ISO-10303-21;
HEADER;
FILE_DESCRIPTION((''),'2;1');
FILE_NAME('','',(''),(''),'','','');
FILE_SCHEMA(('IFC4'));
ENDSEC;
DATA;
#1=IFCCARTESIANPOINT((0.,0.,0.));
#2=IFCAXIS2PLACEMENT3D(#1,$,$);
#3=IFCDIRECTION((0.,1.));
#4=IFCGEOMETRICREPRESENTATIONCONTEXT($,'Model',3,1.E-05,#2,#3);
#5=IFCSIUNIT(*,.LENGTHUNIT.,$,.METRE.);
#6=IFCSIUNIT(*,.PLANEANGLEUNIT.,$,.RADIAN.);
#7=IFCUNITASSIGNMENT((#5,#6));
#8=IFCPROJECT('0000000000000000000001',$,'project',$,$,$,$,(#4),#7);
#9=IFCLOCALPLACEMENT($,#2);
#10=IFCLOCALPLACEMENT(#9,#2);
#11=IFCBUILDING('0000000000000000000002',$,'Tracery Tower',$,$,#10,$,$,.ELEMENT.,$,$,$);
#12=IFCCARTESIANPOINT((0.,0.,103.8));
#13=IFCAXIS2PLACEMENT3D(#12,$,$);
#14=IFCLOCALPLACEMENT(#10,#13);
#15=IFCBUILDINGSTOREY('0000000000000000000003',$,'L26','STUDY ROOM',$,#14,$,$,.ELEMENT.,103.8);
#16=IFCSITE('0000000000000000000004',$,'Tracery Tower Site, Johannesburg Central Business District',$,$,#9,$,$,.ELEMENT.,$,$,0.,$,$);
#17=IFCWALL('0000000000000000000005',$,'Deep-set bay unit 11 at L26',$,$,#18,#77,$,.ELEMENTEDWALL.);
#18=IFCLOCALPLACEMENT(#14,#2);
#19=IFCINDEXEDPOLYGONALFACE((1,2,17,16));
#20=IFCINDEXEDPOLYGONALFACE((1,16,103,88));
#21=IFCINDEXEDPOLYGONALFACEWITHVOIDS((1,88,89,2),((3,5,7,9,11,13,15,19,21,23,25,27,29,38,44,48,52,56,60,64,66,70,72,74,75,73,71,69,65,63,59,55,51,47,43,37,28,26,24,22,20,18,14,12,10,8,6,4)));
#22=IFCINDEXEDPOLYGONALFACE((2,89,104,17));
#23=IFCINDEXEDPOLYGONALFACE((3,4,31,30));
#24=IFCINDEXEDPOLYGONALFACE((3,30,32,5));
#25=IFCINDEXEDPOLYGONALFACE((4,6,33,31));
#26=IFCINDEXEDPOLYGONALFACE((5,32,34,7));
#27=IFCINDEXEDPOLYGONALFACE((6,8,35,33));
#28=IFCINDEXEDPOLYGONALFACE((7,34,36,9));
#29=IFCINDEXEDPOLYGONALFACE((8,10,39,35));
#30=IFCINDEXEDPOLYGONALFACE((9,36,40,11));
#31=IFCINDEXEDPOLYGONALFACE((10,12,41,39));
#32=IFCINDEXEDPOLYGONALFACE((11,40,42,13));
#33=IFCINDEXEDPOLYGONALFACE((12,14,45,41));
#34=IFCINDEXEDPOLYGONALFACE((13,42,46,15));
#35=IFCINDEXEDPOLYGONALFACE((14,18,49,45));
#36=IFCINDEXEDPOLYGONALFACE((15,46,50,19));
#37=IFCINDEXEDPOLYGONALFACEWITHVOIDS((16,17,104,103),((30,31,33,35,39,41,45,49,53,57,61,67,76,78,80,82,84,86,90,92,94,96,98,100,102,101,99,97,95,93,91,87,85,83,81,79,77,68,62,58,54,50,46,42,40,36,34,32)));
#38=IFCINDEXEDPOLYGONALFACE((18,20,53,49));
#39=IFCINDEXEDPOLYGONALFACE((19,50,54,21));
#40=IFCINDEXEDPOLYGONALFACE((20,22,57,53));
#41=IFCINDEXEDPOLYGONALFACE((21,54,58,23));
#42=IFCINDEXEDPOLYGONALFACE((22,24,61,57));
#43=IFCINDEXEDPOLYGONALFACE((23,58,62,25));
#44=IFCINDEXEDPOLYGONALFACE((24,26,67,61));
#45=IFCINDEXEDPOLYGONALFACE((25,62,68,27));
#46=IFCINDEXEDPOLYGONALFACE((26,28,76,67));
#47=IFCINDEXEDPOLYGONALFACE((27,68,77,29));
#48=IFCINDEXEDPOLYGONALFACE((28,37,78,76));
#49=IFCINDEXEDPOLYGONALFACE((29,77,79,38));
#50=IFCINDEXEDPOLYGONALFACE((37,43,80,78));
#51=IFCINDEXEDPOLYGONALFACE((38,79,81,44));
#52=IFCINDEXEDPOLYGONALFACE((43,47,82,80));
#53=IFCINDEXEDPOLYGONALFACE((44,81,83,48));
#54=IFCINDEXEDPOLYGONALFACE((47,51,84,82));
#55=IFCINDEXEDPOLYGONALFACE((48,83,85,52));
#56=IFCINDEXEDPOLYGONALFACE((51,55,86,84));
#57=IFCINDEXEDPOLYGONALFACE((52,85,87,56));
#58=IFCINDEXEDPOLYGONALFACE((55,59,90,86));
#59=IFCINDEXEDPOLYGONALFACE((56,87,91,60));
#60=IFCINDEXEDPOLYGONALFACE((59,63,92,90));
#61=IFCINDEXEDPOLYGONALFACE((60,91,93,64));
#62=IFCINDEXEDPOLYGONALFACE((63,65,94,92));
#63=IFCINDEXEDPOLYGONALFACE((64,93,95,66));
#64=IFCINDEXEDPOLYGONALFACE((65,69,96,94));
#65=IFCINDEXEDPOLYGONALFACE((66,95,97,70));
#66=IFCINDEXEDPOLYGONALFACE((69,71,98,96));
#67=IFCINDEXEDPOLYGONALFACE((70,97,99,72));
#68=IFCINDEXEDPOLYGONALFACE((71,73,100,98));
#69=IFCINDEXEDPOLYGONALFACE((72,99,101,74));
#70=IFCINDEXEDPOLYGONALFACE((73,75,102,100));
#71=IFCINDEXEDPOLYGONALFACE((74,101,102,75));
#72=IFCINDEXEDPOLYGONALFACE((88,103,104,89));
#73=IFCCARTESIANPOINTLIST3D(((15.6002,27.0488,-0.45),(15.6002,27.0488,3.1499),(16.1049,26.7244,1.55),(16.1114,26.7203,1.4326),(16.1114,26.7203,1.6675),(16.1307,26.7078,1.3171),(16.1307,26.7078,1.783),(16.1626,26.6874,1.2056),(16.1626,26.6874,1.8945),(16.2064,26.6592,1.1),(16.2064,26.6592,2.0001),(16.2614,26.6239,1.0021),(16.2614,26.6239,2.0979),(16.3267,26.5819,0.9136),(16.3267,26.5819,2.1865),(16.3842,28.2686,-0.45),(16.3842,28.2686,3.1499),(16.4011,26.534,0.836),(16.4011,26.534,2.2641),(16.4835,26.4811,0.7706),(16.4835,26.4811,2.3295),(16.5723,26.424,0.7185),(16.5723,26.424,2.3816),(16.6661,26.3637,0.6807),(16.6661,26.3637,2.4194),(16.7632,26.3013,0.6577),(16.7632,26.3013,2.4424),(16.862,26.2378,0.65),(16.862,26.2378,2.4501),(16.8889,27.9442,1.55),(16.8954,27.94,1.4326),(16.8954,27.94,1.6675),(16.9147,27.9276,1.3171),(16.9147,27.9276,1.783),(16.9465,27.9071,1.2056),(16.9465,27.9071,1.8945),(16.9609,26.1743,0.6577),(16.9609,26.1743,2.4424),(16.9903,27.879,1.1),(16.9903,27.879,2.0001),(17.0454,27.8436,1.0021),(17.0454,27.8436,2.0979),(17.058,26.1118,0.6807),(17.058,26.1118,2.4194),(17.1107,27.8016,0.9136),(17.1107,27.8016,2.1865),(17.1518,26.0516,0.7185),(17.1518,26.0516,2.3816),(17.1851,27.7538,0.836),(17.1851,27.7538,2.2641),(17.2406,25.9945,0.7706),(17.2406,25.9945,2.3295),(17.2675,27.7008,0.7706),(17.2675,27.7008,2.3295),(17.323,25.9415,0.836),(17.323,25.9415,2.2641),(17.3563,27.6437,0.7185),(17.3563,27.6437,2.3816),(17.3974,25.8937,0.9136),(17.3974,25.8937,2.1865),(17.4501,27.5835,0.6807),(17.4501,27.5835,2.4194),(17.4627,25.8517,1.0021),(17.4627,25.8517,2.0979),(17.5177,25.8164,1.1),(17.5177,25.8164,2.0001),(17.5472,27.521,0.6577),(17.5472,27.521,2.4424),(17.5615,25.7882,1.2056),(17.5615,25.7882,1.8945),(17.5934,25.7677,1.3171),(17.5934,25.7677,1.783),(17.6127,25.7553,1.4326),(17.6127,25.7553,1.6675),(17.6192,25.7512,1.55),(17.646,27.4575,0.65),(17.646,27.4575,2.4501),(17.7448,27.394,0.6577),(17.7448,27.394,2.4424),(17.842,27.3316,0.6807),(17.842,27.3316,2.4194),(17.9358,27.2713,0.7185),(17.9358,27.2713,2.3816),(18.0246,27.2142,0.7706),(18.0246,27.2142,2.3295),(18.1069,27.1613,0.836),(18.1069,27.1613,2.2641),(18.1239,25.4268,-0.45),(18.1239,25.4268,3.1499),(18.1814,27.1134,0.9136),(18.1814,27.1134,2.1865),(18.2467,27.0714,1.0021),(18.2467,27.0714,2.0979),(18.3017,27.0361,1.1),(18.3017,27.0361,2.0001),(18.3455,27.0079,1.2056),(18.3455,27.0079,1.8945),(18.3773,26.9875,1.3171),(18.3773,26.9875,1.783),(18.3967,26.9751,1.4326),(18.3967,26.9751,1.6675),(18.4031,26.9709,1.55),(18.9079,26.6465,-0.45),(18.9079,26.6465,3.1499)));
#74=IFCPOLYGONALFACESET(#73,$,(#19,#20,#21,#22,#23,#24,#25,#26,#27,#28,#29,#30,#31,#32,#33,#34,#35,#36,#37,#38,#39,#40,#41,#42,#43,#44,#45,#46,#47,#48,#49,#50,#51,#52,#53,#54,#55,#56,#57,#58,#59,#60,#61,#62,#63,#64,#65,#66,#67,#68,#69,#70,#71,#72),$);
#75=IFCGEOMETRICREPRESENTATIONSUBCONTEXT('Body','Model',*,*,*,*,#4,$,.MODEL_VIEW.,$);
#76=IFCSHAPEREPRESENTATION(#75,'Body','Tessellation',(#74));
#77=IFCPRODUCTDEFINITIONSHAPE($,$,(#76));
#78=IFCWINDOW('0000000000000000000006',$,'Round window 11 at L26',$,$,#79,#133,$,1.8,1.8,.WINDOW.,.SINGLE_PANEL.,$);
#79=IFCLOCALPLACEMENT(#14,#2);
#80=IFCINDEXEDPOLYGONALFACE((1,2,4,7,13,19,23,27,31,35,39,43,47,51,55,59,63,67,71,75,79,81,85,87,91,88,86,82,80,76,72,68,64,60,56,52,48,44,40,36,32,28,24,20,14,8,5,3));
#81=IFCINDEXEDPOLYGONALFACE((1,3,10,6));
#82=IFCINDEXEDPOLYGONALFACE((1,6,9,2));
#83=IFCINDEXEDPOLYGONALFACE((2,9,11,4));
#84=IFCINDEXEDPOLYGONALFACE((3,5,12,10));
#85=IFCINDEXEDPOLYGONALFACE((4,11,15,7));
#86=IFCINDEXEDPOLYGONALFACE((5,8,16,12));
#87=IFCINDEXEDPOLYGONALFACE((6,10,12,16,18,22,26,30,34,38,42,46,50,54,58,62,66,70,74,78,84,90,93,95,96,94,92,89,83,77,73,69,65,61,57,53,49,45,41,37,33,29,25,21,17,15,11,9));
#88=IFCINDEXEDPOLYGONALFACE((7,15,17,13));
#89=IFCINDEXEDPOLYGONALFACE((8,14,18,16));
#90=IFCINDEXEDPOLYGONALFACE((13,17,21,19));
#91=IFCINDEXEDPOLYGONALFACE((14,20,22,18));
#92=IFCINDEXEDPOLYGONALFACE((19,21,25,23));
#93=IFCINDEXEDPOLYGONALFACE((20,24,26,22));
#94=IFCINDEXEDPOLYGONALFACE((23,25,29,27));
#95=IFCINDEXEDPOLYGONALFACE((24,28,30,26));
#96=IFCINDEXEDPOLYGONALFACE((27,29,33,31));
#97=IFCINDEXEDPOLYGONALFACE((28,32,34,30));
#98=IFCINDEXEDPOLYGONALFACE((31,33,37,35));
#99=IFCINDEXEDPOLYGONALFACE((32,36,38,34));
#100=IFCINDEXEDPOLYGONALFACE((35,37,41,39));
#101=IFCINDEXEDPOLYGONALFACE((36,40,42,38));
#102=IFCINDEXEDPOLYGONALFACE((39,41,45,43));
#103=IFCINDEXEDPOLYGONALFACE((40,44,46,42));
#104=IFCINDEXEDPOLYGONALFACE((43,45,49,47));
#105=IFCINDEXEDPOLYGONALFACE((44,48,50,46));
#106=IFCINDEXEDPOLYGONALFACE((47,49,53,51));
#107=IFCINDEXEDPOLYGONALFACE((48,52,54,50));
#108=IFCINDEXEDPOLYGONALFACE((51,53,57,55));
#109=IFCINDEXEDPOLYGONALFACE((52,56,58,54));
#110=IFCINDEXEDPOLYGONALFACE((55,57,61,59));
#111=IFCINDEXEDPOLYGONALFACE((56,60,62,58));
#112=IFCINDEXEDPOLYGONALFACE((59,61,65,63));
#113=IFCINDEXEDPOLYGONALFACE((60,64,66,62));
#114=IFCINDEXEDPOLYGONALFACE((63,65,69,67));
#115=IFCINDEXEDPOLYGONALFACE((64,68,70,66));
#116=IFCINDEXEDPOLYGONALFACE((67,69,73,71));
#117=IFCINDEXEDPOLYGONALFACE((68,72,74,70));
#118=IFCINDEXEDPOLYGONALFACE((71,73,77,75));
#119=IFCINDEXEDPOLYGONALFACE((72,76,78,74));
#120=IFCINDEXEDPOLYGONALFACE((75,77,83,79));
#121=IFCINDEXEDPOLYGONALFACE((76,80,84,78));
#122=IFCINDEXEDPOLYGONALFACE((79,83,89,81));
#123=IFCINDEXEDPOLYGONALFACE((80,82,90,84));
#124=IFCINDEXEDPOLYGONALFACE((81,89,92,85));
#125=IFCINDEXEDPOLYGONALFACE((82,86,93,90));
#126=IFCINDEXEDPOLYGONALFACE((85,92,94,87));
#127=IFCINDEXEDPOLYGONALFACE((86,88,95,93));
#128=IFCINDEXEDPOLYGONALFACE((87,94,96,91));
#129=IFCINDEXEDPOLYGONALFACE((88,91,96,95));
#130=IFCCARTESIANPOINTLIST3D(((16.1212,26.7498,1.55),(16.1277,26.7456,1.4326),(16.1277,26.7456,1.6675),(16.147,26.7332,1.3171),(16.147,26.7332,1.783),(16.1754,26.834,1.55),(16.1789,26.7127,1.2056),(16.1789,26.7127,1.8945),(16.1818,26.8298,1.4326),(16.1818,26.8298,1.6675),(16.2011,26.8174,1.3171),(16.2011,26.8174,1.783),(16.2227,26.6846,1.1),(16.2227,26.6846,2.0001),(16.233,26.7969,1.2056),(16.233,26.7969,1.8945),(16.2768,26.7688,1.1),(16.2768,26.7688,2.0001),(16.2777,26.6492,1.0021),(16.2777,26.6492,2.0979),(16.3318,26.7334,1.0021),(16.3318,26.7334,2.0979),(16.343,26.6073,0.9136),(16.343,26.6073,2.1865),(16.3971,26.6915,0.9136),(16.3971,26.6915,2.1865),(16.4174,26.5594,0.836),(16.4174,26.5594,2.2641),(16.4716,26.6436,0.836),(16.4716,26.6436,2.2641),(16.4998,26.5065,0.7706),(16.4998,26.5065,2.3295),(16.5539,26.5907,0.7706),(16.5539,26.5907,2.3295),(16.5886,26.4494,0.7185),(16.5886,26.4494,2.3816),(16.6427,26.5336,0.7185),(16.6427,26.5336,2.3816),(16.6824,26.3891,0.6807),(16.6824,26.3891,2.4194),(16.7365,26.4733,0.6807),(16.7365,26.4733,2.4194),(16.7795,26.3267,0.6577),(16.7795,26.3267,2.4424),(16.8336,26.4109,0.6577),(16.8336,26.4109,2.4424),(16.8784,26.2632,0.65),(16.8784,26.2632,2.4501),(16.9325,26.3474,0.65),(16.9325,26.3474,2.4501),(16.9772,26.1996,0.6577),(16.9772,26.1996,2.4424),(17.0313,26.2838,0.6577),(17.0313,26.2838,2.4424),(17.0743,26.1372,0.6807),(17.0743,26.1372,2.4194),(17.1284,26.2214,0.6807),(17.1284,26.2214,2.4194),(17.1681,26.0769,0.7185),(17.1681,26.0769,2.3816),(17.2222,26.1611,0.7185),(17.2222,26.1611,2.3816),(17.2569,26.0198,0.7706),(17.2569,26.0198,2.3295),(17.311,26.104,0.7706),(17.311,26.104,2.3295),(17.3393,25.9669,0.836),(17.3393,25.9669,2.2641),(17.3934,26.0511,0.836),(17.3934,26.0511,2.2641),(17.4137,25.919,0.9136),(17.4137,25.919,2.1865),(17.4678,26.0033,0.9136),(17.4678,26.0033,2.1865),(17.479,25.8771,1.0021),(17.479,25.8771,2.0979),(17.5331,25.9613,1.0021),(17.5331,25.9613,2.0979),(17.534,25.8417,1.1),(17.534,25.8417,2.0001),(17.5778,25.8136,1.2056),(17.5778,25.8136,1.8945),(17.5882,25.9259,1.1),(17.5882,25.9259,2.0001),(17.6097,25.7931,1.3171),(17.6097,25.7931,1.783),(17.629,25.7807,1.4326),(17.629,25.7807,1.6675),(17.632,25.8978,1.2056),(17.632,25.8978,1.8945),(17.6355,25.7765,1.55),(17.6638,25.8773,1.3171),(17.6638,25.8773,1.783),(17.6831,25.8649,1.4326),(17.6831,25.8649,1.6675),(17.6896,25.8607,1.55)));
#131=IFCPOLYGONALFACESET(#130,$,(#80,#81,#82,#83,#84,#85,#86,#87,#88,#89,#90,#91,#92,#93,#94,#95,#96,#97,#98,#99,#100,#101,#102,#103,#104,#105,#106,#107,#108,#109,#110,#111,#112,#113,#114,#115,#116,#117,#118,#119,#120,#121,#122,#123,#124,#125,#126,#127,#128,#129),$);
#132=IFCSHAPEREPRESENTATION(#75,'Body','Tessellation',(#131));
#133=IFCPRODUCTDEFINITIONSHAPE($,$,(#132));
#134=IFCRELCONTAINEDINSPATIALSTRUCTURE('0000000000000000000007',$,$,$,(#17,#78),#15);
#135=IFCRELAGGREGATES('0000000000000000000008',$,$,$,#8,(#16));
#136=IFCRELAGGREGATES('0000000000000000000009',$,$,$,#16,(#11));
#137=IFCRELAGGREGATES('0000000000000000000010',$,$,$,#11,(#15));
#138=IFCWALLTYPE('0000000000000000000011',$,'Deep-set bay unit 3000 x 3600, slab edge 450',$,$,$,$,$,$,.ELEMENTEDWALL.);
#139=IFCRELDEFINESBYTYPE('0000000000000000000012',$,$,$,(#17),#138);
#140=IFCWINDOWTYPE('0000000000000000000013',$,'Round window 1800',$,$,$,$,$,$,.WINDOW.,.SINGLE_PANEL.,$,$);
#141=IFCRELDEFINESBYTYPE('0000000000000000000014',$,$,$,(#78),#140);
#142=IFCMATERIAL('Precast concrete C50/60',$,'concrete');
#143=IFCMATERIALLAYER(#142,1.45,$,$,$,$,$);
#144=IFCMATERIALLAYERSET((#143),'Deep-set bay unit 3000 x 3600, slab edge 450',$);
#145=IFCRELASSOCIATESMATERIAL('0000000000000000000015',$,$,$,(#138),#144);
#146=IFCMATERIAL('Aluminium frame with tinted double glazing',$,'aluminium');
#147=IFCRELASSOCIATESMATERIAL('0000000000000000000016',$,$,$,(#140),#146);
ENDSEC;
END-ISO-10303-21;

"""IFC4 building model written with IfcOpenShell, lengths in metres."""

from ifc_helpers import new_model, si_unit, direction, frame, frame_2d, origin, origin_2d, place, context, subcontext, project, spatial, rectangle, circle, extrude, material, layer, layer_set, type_object, element, fill, save


model = new_model("IFC4")

# Units and contexts
model_context = context("Model", 3, precision=1e-05, world=origin(), true_north=direction((0.0, 1.0)))
body_context = subcontext(model_context, "Body", "Model", "MODEL_VIEW")
ifc_project = project(units=[si_unit("LENGTHUNIT", "METRE"), si_unit("PLANEANGLEUNIT", "RADIAN")], contexts=[model_context])

# Site, building, storey
site_placement = place(None, origin())
site = spatial("IfcSite", under=ifc_project, at=site_placement, Name="Tracery Tower Site, Johannesburg Central Business District", CompositionType="ELEMENT", RefElevation=0.0)
building_placement = place(site_placement, origin())
building = spatial("IfcBuilding", under=site, at=building_placement, Name="Tracery Tower", CompositionType="ELEMENT")
storey_placement = place(building_placement, frame((0.0, 0.0, 103.8)))
storey = spatial("IfcBuildingStorey", under=building, at=storey_placement, Name="L26", Description="STUDY ROOM", CompositionType="ELEMENT", Elevation=103.8)

# Wall, opening, window
ifc_material_1 = material(Name="Precast concrete C50/60", Category="concrete")
ifc_layer_1 = layer(ifc_material_1, 1.45)
ifc_layer_set_1 = layer_set([ifc_layer_1], Name="Deep-set bay unit 3000 x 3600, slab edge 450")
wall_type_1 = type_object("IfcWallType", Name="Deep-set bay unit 3000 x 3600, slab edge 450", PredefinedType="ELEMENTEDWALL", material=ifc_layer_set_1)
ifc_material_2 = material(Name="Aluminium frame with tinted double glazing", Category="aluminium")
window_type = type_object("IfcWindowType", Name="Round window 1800", PartitioningType="SINGLE_PANEL", PredefinedType="WINDOW", material=ifc_material_2)
wall_1_placement = place(storey_placement, frame((18.5159, 26.0366, -0.45), z_axis=(0.0, 0.0, 1.0), x_axis=(-0.841223, 0.540688, 0.0)))
wall_1 = element("IfcWall", 1, at=wall_1_placement, inside=storey, type_object=wall_type_1, Name="Deep-set bay unit 11 at L26", PredefinedType="ELEMENTEDWALL", context=body_context, shape_type="SweptSolid", body=[
    extrude(rectangle(XDim=3.0, YDim=1.45, at=frame_2d((1.5, 0.0))), origin(), (0.0, 0.0, 1.0), 3.5999),
])
opening_1_placement = place(wall_1_placement, frame((1.5, 0.0, 2.0)))
opening_1 = element("IfcOpeningElement", 2, at=opening_1_placement, cuts=wall_1, PredefinedType="OPENING", context=body_context, shape_type="SweptSolid", body=[
    extrude(circle(Radius=0.9, at=origin_2d()), frame((0.0, 0.7349, 0.0), z_axis=(0.0, -1.0, 0.0), x_axis=(1.0, 0.0, 0.0)), (0.0, 0.0, 1.0), 1.47),
])
window_1_placement = place(opening_1_placement, origin())
window_1 = element("IfcWindow", 3, at=window_1_placement, inside=storey, type_object=window_type, Name="Round window 11 at L26", OverallHeight=1.8, OverallWidth=1.8, PartitioningType="SINGLE_PANEL", PredefinedType="WINDOW", context=body_context, shape_type="SweptSolid", body=[
    extrude(circle(Radius=0.9, at=origin_2d()), frame((0.0, 0.6948, 0.0), z_axis=(0.0, -1.0, 0.0), x_axis=(1.0, 0.0, 0.0)), (0.0, 0.0, 1.0), 0.1001),
])
fill(opening_1, window_1)

save(model, "model.ifc")
